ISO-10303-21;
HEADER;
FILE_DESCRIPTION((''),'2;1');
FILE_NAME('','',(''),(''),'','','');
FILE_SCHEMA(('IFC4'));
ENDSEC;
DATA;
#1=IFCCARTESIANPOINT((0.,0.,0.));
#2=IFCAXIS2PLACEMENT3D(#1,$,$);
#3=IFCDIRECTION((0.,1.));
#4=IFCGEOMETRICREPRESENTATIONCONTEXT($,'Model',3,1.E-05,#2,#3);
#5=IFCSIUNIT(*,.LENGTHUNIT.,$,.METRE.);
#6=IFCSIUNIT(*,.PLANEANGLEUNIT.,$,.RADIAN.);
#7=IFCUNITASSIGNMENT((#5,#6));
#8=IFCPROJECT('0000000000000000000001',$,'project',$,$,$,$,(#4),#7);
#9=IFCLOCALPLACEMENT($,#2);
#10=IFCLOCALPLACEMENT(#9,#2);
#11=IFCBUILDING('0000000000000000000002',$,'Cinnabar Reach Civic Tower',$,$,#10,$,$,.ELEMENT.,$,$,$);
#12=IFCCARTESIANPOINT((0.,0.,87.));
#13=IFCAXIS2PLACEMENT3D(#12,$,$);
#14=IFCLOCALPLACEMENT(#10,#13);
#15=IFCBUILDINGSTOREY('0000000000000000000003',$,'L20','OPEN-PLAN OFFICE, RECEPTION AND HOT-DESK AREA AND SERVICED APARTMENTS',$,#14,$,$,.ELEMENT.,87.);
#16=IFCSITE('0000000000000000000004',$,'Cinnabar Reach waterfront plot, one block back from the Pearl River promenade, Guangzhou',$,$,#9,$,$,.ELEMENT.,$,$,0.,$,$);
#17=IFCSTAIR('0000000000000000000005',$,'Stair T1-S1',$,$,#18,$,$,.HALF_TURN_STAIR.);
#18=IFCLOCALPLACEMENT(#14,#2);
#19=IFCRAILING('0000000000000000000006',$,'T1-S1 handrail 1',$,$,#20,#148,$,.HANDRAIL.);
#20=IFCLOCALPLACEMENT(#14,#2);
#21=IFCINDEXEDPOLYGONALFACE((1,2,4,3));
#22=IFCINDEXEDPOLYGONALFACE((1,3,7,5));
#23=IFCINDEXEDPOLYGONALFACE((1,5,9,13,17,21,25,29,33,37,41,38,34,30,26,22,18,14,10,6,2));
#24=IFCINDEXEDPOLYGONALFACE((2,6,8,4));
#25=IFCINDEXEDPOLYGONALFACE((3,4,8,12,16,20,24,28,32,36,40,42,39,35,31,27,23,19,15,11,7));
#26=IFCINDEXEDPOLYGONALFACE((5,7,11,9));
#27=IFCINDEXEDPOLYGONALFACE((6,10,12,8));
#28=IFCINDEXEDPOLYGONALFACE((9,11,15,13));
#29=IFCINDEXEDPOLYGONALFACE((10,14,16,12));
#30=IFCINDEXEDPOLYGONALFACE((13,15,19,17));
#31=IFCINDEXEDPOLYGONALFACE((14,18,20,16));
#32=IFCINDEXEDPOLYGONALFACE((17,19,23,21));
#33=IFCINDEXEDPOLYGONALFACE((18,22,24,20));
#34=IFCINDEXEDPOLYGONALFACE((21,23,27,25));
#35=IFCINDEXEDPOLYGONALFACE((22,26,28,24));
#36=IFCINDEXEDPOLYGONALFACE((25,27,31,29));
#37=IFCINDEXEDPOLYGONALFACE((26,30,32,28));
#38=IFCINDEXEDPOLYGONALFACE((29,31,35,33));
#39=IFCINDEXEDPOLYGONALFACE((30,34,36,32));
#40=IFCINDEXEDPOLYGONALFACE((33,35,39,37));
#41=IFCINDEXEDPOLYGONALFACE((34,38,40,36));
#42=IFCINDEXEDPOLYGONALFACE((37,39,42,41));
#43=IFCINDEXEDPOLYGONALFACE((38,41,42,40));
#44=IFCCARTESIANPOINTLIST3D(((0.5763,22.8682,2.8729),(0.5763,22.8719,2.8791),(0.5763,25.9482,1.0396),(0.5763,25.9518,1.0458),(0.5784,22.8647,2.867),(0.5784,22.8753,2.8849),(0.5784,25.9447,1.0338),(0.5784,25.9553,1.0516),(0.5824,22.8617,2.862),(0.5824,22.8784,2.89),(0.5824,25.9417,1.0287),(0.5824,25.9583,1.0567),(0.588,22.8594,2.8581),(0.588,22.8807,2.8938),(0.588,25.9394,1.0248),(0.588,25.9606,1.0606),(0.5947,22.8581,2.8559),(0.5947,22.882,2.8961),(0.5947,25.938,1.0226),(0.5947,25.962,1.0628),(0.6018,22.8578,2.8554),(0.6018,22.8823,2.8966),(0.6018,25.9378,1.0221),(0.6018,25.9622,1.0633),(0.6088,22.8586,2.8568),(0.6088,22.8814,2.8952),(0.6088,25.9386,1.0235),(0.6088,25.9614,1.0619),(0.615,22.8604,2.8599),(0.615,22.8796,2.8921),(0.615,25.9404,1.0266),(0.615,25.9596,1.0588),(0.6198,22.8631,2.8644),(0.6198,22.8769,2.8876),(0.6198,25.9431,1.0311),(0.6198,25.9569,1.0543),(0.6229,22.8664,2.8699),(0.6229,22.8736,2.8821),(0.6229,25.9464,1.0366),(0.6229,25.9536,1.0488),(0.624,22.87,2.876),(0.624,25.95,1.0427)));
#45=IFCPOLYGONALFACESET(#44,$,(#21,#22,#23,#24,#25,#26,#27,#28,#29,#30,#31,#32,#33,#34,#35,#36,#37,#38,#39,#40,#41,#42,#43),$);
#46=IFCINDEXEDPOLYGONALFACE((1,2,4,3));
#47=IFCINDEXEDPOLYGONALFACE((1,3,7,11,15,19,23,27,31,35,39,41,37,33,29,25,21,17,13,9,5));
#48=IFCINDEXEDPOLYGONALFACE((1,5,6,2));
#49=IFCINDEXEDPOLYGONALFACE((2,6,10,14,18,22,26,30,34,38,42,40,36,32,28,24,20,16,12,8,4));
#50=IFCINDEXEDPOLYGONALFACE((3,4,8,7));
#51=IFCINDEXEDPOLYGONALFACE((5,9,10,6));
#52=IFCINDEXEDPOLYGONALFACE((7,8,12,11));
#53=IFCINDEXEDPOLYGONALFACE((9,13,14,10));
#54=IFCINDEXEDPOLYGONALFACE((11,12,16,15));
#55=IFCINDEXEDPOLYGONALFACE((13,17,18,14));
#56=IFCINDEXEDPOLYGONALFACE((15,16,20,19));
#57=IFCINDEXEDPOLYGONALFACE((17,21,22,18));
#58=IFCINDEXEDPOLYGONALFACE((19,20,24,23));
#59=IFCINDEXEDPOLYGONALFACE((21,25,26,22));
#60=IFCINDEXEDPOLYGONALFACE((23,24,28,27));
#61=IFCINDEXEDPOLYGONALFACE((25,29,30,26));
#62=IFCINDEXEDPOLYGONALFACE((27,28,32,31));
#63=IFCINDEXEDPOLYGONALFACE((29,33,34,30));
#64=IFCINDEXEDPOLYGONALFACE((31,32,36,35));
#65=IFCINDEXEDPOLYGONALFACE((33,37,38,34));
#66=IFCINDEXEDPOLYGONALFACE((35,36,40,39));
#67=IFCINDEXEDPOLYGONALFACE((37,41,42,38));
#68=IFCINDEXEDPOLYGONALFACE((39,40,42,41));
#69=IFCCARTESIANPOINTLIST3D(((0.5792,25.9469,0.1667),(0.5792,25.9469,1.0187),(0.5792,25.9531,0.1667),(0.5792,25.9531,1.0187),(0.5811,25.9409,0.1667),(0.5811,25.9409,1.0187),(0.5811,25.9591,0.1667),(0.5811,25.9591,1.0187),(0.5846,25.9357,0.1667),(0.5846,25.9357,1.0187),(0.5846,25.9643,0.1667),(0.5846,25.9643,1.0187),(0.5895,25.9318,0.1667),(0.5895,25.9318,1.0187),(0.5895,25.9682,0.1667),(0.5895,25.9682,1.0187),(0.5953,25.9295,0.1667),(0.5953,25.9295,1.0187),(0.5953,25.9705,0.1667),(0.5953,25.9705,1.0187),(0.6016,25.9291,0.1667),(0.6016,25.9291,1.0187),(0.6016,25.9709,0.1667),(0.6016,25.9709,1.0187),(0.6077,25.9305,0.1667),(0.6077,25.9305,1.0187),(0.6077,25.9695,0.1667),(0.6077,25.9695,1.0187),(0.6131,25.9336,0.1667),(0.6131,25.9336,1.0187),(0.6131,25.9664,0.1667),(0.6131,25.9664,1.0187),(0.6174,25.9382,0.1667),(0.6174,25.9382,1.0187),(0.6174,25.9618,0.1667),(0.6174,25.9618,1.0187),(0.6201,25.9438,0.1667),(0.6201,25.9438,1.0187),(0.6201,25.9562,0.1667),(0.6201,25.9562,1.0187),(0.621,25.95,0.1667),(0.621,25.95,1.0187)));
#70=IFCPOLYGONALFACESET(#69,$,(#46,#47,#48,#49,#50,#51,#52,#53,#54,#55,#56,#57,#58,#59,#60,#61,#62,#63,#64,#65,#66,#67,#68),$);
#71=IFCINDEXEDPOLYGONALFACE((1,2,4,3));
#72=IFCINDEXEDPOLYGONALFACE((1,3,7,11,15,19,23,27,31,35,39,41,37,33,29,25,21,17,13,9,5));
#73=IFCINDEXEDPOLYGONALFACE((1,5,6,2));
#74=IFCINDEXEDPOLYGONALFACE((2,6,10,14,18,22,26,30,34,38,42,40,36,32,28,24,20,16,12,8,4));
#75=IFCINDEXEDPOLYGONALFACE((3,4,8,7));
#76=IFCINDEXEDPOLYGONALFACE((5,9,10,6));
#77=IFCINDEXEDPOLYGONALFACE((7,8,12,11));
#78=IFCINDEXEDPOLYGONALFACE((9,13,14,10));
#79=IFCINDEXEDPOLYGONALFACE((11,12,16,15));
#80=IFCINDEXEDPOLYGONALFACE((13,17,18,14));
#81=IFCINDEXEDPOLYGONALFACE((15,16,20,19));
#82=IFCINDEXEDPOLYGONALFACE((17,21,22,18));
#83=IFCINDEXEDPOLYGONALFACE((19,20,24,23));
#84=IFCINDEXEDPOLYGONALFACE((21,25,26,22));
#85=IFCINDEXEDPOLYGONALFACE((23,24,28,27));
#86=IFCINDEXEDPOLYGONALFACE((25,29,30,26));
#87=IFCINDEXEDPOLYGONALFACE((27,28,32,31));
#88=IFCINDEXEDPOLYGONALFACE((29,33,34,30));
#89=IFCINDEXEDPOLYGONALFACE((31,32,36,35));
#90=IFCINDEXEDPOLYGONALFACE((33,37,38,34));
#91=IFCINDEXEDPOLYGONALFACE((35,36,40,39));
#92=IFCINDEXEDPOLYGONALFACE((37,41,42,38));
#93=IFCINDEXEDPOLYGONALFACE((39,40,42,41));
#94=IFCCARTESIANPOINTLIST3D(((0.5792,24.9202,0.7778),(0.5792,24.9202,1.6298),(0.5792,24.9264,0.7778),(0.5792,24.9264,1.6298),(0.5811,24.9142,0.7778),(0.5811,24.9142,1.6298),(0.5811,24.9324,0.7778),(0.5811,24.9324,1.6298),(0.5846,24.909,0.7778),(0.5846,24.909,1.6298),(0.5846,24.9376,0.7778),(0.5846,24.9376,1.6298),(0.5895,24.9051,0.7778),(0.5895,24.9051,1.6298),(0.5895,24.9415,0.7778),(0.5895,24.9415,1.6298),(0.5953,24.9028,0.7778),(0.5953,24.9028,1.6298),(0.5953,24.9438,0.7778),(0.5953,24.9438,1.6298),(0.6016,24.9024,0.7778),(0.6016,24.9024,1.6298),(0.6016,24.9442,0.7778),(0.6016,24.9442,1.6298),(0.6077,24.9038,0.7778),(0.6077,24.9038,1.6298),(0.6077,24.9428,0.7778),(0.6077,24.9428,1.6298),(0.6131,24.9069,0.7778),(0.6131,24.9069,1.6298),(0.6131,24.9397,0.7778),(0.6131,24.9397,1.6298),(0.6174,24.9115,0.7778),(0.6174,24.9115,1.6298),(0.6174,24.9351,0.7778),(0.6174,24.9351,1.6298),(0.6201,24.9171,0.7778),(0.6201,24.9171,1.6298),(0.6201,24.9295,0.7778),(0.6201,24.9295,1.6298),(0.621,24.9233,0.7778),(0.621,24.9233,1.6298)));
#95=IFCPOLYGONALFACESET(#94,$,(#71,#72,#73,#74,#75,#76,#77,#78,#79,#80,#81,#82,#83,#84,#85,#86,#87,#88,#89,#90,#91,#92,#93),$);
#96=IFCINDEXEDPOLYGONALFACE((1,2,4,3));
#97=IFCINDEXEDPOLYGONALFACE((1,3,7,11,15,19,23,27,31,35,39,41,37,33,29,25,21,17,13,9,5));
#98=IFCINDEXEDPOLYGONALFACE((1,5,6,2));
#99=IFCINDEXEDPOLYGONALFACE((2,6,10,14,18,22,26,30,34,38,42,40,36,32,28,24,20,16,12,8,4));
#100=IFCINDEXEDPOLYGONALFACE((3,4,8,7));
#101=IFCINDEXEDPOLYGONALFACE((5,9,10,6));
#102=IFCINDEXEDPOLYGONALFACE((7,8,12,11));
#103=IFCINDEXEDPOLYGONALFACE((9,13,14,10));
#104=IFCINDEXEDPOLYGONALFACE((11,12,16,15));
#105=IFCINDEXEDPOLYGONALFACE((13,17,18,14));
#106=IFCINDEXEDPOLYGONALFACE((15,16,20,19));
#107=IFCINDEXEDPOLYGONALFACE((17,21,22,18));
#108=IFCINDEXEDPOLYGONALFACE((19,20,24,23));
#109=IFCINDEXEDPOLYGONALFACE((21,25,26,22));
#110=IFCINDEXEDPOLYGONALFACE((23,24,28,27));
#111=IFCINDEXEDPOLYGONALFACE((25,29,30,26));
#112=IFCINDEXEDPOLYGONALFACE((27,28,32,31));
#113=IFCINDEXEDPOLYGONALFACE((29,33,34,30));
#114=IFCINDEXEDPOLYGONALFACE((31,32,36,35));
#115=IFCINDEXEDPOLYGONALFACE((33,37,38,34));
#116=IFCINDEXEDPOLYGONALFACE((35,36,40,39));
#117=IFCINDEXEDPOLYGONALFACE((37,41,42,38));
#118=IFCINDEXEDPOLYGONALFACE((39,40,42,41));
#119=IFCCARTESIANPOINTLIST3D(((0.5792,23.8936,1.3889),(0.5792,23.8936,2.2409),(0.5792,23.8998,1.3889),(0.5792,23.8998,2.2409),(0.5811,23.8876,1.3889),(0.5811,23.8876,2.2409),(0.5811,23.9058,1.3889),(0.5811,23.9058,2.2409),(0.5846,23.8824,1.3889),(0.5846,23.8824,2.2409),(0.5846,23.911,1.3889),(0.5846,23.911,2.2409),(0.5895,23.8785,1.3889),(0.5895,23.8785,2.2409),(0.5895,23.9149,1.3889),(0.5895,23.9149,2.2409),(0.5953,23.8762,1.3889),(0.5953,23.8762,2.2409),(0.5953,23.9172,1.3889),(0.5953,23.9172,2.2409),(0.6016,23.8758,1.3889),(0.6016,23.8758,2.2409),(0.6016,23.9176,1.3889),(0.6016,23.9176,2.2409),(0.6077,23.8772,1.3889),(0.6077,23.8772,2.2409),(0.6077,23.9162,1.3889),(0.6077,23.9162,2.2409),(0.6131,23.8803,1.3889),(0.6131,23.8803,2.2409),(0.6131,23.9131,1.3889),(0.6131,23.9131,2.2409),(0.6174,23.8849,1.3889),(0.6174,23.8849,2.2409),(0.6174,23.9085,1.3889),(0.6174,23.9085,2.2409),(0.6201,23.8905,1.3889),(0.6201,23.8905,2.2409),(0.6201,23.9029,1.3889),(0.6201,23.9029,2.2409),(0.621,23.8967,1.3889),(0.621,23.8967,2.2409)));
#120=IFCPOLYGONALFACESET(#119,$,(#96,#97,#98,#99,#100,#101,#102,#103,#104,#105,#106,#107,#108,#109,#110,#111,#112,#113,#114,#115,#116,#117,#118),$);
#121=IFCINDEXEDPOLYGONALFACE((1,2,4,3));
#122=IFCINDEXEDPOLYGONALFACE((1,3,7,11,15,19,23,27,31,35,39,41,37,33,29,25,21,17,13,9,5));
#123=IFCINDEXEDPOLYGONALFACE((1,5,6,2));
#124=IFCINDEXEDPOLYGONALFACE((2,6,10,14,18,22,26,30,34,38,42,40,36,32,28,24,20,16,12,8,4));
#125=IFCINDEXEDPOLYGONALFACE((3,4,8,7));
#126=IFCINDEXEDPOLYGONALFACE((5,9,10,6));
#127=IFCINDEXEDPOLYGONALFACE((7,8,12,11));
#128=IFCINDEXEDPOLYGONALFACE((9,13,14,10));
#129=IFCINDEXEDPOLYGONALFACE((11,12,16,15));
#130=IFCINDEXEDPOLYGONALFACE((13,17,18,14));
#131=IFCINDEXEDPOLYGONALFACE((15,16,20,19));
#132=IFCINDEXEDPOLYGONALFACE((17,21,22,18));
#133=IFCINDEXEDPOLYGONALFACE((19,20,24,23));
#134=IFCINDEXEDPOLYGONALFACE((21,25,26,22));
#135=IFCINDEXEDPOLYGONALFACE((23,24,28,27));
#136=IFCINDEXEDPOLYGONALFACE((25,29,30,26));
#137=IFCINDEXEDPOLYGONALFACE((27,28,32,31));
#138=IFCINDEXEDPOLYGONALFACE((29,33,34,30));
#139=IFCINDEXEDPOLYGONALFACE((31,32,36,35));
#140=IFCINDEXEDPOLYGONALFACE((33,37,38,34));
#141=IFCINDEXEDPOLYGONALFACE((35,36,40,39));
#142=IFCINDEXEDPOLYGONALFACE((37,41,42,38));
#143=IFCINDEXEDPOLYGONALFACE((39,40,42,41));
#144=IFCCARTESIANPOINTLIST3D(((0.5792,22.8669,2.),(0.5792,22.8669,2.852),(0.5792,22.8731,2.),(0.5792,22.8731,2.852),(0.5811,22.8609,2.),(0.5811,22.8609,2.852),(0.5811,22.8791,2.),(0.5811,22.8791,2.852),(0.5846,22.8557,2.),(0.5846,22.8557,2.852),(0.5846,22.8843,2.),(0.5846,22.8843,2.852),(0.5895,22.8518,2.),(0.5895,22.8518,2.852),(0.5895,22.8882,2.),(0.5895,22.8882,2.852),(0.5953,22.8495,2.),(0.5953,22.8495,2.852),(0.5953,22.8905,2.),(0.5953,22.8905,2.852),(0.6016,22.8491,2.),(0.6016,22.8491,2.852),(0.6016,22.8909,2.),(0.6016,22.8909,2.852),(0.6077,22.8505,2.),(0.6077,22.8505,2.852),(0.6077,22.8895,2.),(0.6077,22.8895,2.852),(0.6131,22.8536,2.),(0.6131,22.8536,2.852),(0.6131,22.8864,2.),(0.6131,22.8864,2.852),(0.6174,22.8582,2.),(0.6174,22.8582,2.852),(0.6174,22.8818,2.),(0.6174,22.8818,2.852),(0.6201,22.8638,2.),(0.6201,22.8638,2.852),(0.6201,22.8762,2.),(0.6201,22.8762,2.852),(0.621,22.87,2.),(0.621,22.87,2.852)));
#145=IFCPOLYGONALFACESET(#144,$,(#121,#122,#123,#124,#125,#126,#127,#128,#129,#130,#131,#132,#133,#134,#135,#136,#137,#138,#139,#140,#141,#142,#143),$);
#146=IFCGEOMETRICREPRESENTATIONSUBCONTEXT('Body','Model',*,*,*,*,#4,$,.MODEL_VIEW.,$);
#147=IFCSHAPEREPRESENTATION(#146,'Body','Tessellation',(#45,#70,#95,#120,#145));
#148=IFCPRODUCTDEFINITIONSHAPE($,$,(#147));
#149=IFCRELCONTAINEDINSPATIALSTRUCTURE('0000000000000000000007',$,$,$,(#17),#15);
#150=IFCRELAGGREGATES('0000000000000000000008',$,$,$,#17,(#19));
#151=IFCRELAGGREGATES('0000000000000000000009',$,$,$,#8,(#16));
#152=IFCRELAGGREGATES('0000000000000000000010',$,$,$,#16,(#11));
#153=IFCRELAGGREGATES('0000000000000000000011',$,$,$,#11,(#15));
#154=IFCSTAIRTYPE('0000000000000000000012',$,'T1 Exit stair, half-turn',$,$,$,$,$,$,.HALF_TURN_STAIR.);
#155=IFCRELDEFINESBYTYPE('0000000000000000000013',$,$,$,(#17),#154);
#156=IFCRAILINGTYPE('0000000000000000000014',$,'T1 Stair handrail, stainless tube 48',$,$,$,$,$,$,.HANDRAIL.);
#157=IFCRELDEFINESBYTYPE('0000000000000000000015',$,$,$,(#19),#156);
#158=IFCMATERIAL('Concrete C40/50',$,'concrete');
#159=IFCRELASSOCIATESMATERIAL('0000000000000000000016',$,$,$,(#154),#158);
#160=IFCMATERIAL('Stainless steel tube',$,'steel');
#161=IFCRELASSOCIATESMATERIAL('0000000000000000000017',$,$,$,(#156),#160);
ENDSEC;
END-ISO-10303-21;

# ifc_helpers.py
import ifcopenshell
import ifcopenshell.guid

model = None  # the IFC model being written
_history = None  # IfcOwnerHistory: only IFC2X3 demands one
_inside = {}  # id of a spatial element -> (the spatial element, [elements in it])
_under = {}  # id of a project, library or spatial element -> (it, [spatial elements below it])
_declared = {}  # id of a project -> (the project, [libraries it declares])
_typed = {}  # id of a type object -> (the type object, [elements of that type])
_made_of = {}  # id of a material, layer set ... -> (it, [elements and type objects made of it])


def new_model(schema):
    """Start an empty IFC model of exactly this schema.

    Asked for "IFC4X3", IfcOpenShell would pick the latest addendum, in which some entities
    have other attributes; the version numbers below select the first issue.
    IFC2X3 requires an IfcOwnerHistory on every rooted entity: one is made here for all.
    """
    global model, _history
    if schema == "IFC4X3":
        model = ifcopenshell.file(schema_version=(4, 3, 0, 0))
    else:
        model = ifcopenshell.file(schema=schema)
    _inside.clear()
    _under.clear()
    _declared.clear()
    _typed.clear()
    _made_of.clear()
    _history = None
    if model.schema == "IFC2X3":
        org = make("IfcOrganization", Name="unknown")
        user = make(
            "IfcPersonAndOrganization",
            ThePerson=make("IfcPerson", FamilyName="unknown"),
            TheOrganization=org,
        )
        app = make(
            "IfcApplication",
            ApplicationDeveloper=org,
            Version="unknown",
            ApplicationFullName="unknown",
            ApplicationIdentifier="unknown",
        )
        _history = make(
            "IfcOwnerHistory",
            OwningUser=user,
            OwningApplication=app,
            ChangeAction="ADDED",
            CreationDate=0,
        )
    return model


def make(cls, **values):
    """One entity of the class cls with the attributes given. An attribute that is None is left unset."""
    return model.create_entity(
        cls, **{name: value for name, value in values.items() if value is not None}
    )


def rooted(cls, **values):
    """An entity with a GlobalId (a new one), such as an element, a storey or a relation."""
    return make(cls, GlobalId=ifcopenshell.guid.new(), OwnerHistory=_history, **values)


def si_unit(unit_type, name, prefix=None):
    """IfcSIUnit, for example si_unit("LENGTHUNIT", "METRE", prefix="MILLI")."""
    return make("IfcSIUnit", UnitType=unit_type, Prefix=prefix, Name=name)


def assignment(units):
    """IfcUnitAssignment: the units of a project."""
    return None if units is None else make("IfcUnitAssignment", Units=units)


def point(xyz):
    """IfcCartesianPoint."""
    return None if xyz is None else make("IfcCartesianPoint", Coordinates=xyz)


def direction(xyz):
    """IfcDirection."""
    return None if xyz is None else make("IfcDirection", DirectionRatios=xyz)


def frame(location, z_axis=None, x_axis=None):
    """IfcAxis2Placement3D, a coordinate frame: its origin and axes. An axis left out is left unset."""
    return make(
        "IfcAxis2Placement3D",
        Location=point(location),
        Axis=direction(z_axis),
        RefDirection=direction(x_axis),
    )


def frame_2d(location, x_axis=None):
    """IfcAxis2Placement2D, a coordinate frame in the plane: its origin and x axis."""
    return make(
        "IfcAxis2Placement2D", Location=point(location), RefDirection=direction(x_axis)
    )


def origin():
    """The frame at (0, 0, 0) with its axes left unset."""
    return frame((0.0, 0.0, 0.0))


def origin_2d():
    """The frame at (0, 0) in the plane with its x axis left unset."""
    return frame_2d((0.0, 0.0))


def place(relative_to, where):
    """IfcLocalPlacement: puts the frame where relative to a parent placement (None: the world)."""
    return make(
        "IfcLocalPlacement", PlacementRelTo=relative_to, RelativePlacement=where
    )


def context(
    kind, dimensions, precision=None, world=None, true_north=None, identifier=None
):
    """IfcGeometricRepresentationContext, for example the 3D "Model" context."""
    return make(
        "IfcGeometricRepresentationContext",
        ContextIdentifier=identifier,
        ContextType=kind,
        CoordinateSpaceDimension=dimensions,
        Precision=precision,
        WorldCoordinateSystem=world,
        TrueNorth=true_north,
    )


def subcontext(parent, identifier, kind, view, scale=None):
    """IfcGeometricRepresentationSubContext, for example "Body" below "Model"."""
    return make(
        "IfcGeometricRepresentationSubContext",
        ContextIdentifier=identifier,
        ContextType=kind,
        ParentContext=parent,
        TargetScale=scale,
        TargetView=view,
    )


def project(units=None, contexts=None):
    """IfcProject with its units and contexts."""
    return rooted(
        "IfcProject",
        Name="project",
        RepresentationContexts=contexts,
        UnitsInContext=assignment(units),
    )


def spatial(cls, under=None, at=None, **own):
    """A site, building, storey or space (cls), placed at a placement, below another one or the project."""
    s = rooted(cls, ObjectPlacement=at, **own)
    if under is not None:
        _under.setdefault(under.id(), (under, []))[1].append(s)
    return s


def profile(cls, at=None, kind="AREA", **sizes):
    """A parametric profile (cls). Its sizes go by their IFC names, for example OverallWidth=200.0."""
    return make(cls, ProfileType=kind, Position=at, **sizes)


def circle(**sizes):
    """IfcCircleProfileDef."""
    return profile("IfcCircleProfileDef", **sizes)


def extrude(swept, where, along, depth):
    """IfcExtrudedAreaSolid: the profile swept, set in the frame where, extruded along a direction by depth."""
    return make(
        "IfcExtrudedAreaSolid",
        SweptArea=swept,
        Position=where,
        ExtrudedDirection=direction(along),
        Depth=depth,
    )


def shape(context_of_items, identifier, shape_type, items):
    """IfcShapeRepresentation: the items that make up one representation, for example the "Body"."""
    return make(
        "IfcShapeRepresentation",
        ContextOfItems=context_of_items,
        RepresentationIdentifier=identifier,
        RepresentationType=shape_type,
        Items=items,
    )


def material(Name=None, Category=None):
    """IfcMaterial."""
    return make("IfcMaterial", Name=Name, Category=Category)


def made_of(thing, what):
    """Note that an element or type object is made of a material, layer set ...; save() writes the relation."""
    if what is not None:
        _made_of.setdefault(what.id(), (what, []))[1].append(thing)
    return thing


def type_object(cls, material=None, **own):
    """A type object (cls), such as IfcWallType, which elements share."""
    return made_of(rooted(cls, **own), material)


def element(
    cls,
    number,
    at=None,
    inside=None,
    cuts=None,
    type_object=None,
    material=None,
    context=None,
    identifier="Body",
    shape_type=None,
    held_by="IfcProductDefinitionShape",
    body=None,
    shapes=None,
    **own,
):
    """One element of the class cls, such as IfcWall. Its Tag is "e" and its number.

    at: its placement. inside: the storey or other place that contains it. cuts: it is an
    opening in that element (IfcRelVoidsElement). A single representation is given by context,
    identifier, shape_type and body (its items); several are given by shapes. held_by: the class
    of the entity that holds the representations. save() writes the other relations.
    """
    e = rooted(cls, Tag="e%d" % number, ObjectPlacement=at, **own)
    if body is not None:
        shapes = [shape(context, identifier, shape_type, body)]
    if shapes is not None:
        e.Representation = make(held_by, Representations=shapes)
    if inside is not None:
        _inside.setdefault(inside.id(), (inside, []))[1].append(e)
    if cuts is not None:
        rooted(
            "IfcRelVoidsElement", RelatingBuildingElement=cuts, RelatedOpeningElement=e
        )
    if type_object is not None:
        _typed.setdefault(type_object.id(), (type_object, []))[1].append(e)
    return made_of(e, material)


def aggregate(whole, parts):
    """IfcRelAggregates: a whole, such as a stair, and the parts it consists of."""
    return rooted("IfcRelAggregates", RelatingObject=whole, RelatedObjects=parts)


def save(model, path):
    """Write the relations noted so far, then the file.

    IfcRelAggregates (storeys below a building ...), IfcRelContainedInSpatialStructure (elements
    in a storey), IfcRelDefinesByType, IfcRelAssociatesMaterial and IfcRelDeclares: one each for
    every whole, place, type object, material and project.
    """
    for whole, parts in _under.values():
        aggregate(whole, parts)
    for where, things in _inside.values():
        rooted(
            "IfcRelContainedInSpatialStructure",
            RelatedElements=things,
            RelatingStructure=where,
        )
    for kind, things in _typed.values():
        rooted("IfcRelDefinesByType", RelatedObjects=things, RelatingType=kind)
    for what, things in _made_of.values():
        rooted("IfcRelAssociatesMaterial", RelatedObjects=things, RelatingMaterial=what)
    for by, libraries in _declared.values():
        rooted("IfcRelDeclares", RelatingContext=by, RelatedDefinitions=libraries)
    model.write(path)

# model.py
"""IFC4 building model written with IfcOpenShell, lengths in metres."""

from ifc_helpers import new_model, si_unit, direction, frame, origin, origin_2d, place, context, subcontext, project, spatial, circle, extrude, material, type_object, element, aggregate, save


model = new_model("IFC4")

# Units and contexts
model_context = context("Model", 3, precision=1e-05, world=origin(), true_north=direction((0.0, 1.0)))
body_context = subcontext(model_context, "Body", "Model", "MODEL_VIEW")
ifc_project = project(units=[si_unit("LENGTHUNIT", "METRE"), si_unit("PLANEANGLEUNIT", "RADIAN")], contexts=[model_context])

# Site, building, storey
site_placement = place(None, origin())
site = spatial("IfcSite", under=ifc_project, at=site_placement, Name="Cinnabar Reach waterfront plot, one block back from the Pearl River promenade, Guangzhou", CompositionType="ELEMENT", RefElevation=0.0)
building_placement = place(site_placement, origin())
building = spatial("IfcBuilding", under=site, at=building_placement, Name="Cinnabar Reach Civic Tower", CompositionType="ELEMENT")
storey_placement = place(building_placement, frame((0.0, 0.0, 87.0)))
storey = spatial("IfcBuildingStorey", under=building, at=storey_placement, Name="L20", Description="OPEN-PLAN OFFICE, RECEPTION AND HOT-DESK AREA AND SERVICED APARTMENTS", CompositionType="ELEMENT", Elevation=87.0)

# Shared definitions
ifc_material_1 = material(Name="Concrete C40/50", Category="concrete")

# Stair, railing
stair_type_1 = type_object("IfcStairType", Name="T1 Exit stair, half-turn", PredefinedType="HALF_TURN_STAIR", material=ifc_material_1)
stair_1_placement = place(storey_placement, origin())
stair_1 = element("IfcStair", 1, at=stair_1_placement, inside=storey, type_object=stair_type_1, Name="Stair T1-S1", PredefinedType="HALF_TURN_STAIR")
ifc_material_2 = material(Name="Stainless steel tube", Category="steel")
railing_type_1 = type_object("IfcRailingType", Name="T1 Stair handrail, stainless tube 48", PredefinedType="HANDRAIL", material=ifc_material_2)
railing_1_placement = place(storey_placement, frame((0.6, 25.95, 0.1667)))
railing_1 = element("IfcRailing", 2, at=railing_1_placement, type_object=railing_type_1, Name="T1-S1 handrail 1", PredefinedType="HANDRAIL", context=body_context, shape_type="SweptSolid", body=[
    extrude(circle(Radius=0.024, at=origin_2d()), frame((0.0, 0.0, 0.876), z_axis=(0.0, -0.859297, 0.511477), x_axis=(1.0, 0.0, 0.0)), (0.0, 0.0, 1.0), 3.5843),
    extrude(circle(Radius=0.021, at=origin_2d()), origin(), (0.0, 0.0, 1.0), 0.852),
    extrude(circle(Radius=0.021, at=origin_2d()), frame((0.0, -1.0267, 0.6111)), (0.0, 0.0, 1.0), 0.852),
    extrude(circle(Radius=0.021, at=origin_2d()), frame((0.0, -2.0533, 1.2222)), (0.0, 0.0, 1.0), 0.852),
    extrude(circle(Radius=0.021, at=origin_2d()), frame((0.0, -3.08, 1.8333)), (0.0, 0.0, 1.0), 0.852),
])
aggregate(stair_1, [railing_1])

save(model, "model.ifc")
